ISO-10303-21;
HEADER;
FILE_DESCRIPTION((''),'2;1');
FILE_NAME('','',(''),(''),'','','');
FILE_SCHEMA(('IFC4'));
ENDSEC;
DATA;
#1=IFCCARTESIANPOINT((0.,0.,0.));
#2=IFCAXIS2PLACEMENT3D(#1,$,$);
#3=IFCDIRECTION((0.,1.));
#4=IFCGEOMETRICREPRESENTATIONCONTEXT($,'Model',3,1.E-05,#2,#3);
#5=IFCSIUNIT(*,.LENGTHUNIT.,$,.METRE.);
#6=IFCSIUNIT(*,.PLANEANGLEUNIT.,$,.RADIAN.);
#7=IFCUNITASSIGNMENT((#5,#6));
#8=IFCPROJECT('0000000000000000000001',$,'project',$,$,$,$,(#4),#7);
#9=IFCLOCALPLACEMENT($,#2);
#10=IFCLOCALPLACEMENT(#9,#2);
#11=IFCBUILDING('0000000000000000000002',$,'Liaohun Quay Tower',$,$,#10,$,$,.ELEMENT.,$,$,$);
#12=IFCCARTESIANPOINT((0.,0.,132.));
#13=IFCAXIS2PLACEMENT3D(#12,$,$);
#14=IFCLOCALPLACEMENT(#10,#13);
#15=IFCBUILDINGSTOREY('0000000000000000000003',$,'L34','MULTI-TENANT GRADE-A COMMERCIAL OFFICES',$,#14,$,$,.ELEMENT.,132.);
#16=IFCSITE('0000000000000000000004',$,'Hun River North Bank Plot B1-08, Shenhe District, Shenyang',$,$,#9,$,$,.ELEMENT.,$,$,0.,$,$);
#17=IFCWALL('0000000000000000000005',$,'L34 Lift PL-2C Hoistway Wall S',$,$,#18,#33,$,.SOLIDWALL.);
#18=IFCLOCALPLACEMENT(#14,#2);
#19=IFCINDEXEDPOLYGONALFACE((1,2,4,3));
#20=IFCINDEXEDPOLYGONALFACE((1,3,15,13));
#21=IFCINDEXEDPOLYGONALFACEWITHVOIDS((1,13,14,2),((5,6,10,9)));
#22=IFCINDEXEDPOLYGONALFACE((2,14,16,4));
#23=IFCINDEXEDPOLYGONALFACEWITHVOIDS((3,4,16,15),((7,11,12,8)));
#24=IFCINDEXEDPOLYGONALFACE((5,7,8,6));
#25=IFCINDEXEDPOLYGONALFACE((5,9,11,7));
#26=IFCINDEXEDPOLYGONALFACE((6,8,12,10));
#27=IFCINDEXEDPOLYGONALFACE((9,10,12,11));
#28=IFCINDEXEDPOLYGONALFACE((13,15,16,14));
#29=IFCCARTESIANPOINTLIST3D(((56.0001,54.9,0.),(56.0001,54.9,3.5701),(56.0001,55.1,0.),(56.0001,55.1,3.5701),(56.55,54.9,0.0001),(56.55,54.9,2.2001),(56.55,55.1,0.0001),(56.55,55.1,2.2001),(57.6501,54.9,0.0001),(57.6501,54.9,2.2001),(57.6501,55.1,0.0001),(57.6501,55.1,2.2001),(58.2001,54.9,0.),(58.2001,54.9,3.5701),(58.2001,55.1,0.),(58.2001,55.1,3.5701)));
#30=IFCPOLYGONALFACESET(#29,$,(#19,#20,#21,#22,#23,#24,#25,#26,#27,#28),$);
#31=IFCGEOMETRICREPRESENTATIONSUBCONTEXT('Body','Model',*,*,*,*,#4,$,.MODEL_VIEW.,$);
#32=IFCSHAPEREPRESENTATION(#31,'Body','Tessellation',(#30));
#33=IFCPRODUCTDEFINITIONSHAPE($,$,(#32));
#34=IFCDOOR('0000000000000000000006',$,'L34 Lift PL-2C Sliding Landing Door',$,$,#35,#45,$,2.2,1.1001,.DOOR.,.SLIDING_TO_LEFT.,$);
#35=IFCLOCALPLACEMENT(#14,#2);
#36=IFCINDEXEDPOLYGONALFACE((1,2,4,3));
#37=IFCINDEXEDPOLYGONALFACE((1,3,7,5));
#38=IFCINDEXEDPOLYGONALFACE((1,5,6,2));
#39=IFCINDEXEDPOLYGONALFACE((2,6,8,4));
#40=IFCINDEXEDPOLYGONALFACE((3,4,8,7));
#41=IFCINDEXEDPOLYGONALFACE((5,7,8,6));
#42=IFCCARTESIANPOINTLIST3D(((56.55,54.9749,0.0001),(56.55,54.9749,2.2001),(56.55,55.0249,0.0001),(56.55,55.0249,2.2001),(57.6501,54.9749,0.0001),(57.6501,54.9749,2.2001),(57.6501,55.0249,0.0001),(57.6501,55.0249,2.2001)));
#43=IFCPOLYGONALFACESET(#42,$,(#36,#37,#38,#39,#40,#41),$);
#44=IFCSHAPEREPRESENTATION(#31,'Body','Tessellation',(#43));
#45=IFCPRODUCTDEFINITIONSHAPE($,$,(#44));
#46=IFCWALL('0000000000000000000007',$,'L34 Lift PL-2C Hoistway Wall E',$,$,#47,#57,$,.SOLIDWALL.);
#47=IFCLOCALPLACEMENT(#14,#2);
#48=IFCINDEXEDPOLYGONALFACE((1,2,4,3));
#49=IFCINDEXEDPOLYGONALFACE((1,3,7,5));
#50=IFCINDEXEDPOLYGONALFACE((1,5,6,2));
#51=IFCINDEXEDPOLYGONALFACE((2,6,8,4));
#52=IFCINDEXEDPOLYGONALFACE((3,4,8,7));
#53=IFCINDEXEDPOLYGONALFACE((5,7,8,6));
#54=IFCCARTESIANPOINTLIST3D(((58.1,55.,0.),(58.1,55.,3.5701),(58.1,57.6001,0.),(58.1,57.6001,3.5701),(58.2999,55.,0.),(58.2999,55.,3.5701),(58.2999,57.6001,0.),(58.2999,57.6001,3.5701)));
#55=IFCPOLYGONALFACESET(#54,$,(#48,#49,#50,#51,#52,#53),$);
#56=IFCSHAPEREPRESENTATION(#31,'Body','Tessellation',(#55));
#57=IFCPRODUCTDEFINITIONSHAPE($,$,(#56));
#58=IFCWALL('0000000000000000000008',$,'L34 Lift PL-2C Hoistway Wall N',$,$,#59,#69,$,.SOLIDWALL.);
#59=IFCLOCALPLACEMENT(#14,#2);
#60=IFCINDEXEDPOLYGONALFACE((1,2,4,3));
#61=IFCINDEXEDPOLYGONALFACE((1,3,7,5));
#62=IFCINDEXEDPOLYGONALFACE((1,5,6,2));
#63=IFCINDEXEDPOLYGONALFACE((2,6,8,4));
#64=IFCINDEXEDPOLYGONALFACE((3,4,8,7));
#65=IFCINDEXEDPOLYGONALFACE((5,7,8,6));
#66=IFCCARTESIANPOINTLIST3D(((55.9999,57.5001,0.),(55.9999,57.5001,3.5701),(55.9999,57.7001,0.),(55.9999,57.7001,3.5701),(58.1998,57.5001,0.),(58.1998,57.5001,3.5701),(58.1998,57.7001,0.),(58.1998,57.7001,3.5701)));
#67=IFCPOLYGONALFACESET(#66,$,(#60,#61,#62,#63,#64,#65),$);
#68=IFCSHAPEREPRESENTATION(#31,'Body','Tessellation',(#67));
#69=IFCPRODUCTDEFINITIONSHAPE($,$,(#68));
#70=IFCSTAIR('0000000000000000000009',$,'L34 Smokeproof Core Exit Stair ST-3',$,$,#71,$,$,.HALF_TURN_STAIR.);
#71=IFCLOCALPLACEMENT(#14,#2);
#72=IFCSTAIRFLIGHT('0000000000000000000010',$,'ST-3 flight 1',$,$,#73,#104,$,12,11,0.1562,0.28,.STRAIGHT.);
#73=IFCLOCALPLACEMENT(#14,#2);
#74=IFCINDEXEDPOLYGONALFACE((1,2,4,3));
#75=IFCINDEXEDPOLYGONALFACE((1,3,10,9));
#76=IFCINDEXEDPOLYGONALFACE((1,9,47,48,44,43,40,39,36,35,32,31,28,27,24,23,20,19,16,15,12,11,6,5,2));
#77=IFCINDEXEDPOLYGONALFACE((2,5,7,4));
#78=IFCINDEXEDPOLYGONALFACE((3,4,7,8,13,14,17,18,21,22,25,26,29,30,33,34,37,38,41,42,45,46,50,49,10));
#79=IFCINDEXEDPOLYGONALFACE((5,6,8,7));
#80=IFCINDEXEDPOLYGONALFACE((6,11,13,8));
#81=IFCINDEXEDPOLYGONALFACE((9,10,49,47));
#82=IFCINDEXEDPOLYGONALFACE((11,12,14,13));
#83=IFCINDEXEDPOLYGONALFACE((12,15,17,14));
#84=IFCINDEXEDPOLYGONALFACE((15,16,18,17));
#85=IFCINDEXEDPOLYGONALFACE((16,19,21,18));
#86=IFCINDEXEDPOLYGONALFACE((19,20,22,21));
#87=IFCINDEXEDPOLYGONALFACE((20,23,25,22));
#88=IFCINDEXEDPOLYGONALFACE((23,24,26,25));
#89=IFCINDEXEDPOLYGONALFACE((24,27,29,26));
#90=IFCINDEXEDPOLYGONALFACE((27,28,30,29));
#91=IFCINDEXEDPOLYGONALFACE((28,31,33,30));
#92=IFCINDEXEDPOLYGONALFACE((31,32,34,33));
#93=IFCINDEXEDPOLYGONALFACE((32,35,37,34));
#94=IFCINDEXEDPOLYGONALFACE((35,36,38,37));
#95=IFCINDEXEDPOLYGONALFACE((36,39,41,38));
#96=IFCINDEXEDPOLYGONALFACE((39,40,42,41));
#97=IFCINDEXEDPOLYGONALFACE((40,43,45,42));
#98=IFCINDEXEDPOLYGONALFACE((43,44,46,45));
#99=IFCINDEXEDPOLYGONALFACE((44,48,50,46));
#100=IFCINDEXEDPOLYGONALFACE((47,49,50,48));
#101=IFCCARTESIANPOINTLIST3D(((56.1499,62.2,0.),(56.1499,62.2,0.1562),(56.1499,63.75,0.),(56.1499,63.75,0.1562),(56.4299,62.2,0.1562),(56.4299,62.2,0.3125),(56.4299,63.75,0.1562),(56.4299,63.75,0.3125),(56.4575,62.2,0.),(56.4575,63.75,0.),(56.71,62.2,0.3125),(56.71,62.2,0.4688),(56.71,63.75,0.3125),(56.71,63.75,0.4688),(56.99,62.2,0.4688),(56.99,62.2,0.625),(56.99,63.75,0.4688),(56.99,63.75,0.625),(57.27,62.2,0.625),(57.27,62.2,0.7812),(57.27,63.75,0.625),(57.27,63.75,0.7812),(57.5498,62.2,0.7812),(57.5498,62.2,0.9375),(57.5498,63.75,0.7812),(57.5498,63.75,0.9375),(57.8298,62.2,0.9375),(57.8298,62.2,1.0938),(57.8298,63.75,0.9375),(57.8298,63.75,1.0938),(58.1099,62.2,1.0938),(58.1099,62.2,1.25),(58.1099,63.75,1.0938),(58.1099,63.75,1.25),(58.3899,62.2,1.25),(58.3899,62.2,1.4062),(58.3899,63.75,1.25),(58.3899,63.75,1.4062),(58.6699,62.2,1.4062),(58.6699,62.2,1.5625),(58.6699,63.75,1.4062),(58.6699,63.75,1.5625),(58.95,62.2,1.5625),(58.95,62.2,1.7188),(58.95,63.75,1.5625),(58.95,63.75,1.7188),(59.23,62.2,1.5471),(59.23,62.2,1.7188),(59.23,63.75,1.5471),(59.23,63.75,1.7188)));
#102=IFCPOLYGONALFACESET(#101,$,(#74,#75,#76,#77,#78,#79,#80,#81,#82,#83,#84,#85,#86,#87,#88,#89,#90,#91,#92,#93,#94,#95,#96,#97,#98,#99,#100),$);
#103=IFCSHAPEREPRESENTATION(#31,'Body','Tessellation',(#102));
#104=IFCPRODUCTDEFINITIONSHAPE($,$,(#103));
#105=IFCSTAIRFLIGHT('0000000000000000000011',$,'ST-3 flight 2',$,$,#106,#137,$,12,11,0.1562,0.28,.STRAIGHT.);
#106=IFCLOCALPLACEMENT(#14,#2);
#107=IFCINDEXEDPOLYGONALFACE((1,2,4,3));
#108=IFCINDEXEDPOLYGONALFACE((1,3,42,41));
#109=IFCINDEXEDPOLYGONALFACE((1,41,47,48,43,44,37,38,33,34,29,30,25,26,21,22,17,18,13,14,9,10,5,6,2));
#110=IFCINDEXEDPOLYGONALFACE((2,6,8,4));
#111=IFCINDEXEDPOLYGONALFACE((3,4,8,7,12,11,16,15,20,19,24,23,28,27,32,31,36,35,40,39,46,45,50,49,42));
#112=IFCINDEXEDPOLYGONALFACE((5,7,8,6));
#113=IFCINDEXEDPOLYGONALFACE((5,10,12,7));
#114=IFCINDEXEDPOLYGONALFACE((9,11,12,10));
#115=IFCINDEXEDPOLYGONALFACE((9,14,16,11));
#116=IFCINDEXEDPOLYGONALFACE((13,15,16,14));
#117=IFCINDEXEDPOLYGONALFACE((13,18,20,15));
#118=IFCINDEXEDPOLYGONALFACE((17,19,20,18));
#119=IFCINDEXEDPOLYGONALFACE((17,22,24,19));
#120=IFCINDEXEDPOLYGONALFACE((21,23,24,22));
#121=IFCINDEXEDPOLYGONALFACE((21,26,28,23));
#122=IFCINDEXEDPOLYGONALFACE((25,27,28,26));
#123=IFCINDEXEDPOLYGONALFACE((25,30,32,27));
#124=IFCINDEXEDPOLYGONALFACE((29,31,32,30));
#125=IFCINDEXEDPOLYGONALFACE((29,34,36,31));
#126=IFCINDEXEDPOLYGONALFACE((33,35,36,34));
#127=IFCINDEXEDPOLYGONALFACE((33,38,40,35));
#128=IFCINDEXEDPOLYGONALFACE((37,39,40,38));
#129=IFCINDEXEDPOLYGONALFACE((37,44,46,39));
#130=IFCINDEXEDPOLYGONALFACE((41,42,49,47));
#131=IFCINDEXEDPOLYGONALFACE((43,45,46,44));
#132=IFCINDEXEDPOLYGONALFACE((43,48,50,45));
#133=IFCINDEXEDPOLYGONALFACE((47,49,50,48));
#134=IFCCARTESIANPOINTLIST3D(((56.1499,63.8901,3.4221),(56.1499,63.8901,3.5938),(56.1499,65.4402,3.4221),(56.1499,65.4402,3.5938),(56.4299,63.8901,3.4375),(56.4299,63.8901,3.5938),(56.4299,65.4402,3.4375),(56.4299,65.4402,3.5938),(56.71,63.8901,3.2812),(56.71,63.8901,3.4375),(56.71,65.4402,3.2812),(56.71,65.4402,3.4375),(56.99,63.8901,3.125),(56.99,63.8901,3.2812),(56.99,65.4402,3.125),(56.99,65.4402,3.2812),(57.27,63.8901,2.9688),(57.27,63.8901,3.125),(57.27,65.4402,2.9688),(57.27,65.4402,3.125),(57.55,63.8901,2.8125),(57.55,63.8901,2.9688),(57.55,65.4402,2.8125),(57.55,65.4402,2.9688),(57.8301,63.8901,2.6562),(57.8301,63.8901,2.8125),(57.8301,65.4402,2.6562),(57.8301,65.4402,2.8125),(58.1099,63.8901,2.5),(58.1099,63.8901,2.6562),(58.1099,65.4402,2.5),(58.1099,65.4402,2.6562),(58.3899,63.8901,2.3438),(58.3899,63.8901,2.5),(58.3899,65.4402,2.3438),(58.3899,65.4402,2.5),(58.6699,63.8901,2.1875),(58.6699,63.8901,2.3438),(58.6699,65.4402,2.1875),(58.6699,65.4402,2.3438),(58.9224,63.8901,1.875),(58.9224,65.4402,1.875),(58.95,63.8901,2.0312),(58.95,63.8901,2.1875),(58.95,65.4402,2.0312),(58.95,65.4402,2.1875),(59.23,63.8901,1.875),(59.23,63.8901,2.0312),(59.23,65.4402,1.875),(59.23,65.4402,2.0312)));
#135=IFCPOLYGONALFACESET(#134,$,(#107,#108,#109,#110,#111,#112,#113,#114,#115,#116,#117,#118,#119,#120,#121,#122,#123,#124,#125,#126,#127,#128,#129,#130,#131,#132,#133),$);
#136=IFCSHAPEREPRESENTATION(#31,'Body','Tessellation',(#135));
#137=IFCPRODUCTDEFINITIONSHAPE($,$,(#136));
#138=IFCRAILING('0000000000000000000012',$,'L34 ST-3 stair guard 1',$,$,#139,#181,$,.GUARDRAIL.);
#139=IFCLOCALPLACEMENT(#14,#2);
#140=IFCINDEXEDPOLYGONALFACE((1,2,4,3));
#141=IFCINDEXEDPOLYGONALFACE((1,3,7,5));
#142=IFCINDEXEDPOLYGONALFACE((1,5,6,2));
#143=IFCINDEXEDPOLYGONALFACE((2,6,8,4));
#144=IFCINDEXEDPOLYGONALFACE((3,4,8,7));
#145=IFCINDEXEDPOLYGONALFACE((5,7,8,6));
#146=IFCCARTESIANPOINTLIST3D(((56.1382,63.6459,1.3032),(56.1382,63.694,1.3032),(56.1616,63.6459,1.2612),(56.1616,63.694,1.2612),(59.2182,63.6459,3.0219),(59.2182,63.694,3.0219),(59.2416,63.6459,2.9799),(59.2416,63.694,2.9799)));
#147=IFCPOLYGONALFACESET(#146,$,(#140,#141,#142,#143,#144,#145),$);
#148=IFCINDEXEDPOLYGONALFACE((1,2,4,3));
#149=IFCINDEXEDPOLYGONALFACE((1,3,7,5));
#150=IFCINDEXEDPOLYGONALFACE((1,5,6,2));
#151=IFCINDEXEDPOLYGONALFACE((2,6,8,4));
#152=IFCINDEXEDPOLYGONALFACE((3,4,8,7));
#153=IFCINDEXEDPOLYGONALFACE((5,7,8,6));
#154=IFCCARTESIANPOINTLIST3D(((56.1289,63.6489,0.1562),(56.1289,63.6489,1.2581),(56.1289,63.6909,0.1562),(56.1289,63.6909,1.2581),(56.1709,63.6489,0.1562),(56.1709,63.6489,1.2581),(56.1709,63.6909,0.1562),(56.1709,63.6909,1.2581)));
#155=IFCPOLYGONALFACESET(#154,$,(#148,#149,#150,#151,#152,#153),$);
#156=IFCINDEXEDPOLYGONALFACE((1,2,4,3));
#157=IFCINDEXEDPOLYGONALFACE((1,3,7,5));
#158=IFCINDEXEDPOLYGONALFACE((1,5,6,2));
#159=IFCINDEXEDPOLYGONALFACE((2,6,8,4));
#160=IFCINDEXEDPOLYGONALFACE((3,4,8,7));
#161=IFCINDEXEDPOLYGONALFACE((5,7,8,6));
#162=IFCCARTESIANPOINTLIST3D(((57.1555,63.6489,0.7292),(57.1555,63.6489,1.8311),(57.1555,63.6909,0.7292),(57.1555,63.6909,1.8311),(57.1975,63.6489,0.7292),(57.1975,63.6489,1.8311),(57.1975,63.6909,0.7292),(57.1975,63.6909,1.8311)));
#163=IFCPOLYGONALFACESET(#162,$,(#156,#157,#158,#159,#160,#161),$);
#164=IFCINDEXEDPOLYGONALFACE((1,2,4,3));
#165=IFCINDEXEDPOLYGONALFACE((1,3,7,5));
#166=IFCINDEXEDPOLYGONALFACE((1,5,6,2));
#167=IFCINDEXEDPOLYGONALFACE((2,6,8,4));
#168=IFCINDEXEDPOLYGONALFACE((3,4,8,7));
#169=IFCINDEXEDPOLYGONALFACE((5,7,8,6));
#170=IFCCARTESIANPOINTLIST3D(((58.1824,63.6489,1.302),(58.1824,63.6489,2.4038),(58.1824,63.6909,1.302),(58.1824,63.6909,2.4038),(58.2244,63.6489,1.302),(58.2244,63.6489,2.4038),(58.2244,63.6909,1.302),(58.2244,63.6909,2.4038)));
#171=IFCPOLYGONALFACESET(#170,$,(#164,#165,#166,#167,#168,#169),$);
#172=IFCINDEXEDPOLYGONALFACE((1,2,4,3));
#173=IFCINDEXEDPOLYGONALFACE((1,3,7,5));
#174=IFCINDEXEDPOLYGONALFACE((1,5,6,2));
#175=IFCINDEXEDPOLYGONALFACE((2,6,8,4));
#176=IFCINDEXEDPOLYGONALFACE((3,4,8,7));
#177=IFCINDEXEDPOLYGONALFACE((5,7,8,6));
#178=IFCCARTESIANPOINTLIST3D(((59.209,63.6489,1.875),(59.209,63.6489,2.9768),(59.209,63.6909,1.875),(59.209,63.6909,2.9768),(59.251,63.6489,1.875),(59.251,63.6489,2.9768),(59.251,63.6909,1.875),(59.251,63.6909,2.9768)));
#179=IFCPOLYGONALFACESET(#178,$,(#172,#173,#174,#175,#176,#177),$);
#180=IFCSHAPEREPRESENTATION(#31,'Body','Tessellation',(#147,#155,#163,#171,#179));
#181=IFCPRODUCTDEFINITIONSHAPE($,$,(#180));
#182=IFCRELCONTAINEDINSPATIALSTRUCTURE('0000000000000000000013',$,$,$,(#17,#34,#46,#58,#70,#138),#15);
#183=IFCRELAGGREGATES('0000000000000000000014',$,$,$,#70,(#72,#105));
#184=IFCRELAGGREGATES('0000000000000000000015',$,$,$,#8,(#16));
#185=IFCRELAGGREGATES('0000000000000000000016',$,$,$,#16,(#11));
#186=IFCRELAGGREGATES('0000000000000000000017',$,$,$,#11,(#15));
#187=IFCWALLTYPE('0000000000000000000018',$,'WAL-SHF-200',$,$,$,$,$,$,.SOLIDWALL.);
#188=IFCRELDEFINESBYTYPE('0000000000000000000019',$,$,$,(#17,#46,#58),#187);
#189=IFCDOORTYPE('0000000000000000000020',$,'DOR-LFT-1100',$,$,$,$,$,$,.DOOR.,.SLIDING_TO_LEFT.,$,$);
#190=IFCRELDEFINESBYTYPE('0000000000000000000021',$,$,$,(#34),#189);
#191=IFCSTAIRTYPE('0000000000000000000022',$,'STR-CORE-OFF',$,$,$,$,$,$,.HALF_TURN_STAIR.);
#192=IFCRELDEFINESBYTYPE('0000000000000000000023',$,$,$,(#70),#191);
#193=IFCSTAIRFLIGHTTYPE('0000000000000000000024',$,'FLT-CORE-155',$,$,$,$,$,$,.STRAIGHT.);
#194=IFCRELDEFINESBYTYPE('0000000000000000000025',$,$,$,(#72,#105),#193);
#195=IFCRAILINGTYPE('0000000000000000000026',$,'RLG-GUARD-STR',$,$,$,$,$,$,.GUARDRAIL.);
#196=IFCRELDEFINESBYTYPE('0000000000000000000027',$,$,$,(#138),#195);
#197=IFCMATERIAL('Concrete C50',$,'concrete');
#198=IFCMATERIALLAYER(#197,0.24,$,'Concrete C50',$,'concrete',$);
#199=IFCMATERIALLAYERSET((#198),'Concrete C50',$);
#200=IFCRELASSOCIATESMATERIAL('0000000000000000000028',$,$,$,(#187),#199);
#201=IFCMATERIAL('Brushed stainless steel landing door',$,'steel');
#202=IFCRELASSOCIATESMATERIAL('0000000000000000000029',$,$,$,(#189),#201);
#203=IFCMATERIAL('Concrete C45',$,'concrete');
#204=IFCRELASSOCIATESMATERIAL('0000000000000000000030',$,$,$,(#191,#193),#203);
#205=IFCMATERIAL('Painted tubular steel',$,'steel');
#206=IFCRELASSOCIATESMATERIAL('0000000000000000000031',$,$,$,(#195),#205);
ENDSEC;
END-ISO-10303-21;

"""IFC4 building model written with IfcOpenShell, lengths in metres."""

from ifc_helpers import new_model, si_unit, direction, frame, frame_2d, origin, origin_2d, place, context, subcontext, project, spatial, polyline, rectangle, outline, extrude, source, transform, mapped, material, layer, layer_set, type_object, element, fill, aggregate, save


model = new_model("IFC4")

# Units and contexts
model_context = context("Model", 3, precision=1e-05, world=origin(), true_north=direction((0.0, 1.0)))
body_context = subcontext(model_context, "Body", "Model", "MODEL_VIEW")
ifc_project = project(units=[si_unit("LENGTHUNIT", "METRE"), si_unit("PLANEANGLEUNIT", "RADIAN")], contexts=[model_context])

# Site, building, storey
site_placement = place(None, origin())
site = spatial("IfcSite", under=ifc_project, at=site_placement, Name="Hun River North Bank Plot B1-08, Shenhe District, Shenyang", CompositionType="ELEMENT", RefElevation=0.0)
building_placement = place(site_placement, origin())
building = spatial("IfcBuilding", under=site, at=building_placement, Name="Liaohun Quay Tower", CompositionType="ELEMENT")
storey_placement = place(building_placement, frame((0.0, 0.0, 132.0)))
storey = spatial("IfcBuildingStorey", under=building, at=storey_placement, Name="L34", Description="MULTI-TENANT GRADE-A COMMERCIAL OFFICES", CompositionType="ELEMENT", Elevation=132.0)

# Shared definitions
ifc_material_1 = material(Name="Concrete C50", Category="concrete")
ifc_layer_1 = layer(ifc_material_1, 0.24, Name="Concrete C50", Category="concrete")
ifc_layer_set_1 = layer_set([ifc_layer_1], Name="Concrete C50")
wall_type_1 = type_object("IfcWallType", Name="WAL-SHF-200", PredefinedType="SOLIDWALL", material=ifc_layer_set_1)

# Wall, opening, door
wall_1_placement = place(storey_placement, frame((56.0, 55.0, 0.0), z_axis=(0.0, 0.0, 1.0), x_axis=(1.0, 0.0, 0.0)))
wall_1 = element("IfcWall", 1, at=wall_1_placement, inside=storey, type_object=wall_type_1, Name="L34 Lift PL-2C Hoistway Wall S", PredefinedType="SOLIDWALL", context=body_context, shape_type="SweptSolid", body=[
    extrude(rectangle(XDim=2.2, YDim=0.2, at=frame_2d((1.1001, 0.0))), origin(), (0.0, 0.0, 1.0), 3.5701),
])
shared_shape_1 = source(origin(), body_context, "Body", "SweptSolid", [
    extrude(rectangle(XDim=1.1001, YDim=2.2, at=frame_2d((0.55, 1.1001))), frame((0.0, 0.1099, 0.0), z_axis=(0.0, -1.0, 0.0), x_axis=(1.0, 0.0, 0.0)), (0.0, 0.0, 1.0), 0.22),
])
opening_1_placement = place(wall_1_placement, frame((0.55, 0.0, 0.0)))
opening_1 = element("IfcOpeningElement", 2, at=opening_1_placement, cuts=wall_1, PredefinedType="OPENING", context=body_context, shape_type="MappedRepresentation", body=[
    mapped(shared_shape_1, transform((0.0, 0.0, 0.0), x_axis=(1.0, 0.0, 0.0), y_axis=(0.0, 1.0, 0.0), z_axis=(0.0, 0.0, 1.0), scale=1.0)),
])
ifc_material_2 = material(Name="Brushed stainless steel landing door", Category="steel")
door_type_1 = type_object("IfcDoorType", Name="DOR-LFT-1100", OperationType="SLIDING_TO_LEFT", PredefinedType="DOOR", material=ifc_material_2)
shared_shape_2 = source(origin(), body_context, "Body", "SweptSolid", [
    extrude(rectangle(XDim=1.1001, YDim=2.2, at=frame_2d((0.55, 1.1001))), frame((0.0, 0.0249, 0.0), z_axis=(0.0, -1.0, 0.0), x_axis=(1.0, 0.0, 0.0)), (0.0, 0.0, 1.0), 0.05),
])
door_1_placement = place(opening_1_placement, origin())
door_1 = element("IfcDoor", 3, at=door_1_placement, inside=storey, type_object=door_type_1, Name="L34 Lift PL-2C Sliding Landing Door", OperationType="SLIDING_TO_LEFT", OverallHeight=2.2, OverallWidth=1.1001, PredefinedType="DOOR", context=body_context, shape_type="MappedRepresentation", body=[
    mapped(shared_shape_2, transform((0.0, 0.0, 0.0), x_axis=(1.0, 0.0, 0.0), y_axis=(0.0, 1.0, 0.0), z_axis=(0.0, 0.0, 1.0), scale=1.0)),
])
fill(opening_1, door_1)

# Walls
wall_2_placement = place(storey_placement, frame((58.2, 55.0, 0.0), z_axis=(0.0, 0.0, 1.0), x_axis=(0.0, 1.0, 0.0)))
element("IfcWall", 4, at=wall_2_placement, inside=storey, type_object=wall_type_1, Name="L34 Lift PL-2C Hoistway Wall E", PredefinedType="SOLIDWALL", context=body_context, shape_type="SweptSolid", body=[
    extrude(rectangle(XDim=2.6001, YDim=0.2, at=frame_2d((1.3, 0.0))), origin(), (0.0, 0.0, 1.0), 3.5701),
])
wall_3_placement = place(storey_placement, frame((58.2, 57.6001, 0.0), z_axis=(0.0, 0.0, 1.0), x_axis=(-1.0, 0.0, 0.0)))
element("IfcWall", 5, at=wall_3_placement, inside=storey, type_object=wall_type_1, Name="L34 Lift PL-2C Hoistway Wall N", PredefinedType="SOLIDWALL", context=body_context, shape_type="SweptSolid", body=[
    extrude(rectangle(XDim=2.2, YDim=0.2, at=frame_2d((1.1001, 0.0))), origin(), (0.0, 0.0, 1.0), 3.5701),
])

# Stair, stair flights
ifc_material_3 = material(Name="Concrete C45", Category="concrete")
stair_type = type_object("IfcStairType", Name="STR-CORE-OFF", PredefinedType="HALF_TURN_STAIR", material=ifc_material_3)
stair_placement = place(storey_placement, origin())
stair = element("IfcStair", 6, at=stair_placement, inside=storey, type_object=stair_type, Name="L34 Smokeproof Core Exit Stair ST-3", PredefinedType="HALF_TURN_STAIR")
stair_flight_type = type_object("IfcStairFlightType", Name="FLT-CORE-155", PredefinedType="STRAIGHT", material=ifc_material_3)
stair_flight_1_placement = place(storey_placement, frame((56.1499, 62.9751, 0.0), z_axis=(0.0, 0.0, 1.0), x_axis=(1.0, 0.0, 0.0)))
stair_flight_1 = element("IfcStairFlight", 7, at=stair_flight_1_placement, type_object=stair_flight_type, Name="ST-3 flight 1", NumberOfRisers=12, NumberOfTreads=11, PredefinedType="STRAIGHT", RiserHeight=0.1562, TreadLength=0.28, context=body_context, shape_type="SweptSolid", body=[
    extrude(outline(polyline([(0.0, 0.0), (0.0, 0.1562), (0.28, 0.1562), (0.28, 0.3125), (0.5601, 0.3125), (0.5601, 0.4688), (0.8401, 0.4688), (0.8401, 0.625), (1.1201, 0.625), (1.1201, 0.7812), (1.3999, 0.7812), (1.3999, 0.9375), (1.6799, 0.9375), (1.6799, 1.0938), (1.96, 1.0938), (1.96, 1.25), (2.24, 1.25), (2.24, 1.4062), (2.52, 1.4062), (2.52, 1.5625), (2.8, 1.5625), (2.8, 1.7188), (3.0801, 1.7188), (3.0801, 1.875), (3.0801, 1.5471), (0.3076, 0.0), (0.0, 0.0)])), frame((0.0, 0.7749, 0.0), z_axis=(0.0, -1.0, 0.0), x_axis=(1.0, 0.0, 0.0)), (0.0, 0.0, 1.0), 1.55),
])
stair_flight_2_placement = place(storey_placement, frame((59.23, 64.665, 1.875), z_axis=(0.0, 0.0, 1.0), x_axis=(-1.0, 0.0, 0.0)))
stair_flight_2 = element("IfcStairFlight", 8, at=stair_flight_2_placement, type_object=stair_flight_type, Name="ST-3 flight 2", NumberOfRisers=12, NumberOfTreads=11, PredefinedType="STRAIGHT", RiserHeight=0.1562, TreadLength=0.28, context=body_context, shape_type="SweptSolid", body=[
    extrude(outline(polyline([(0.0, 0.0), (0.0, 0.1562), (0.28, 0.1562), (0.28, 0.3125), (0.5601, 0.3125), (0.5601, 0.4688), (0.8401, 0.4688), (0.8401, 0.625), (1.1201, 0.625), (1.1201, 0.7812), (1.3999, 0.7812), (1.3999, 0.9375), (1.6799, 0.9375), (1.6799, 1.0938), (1.96, 1.0938), (1.96, 1.25), (2.24, 1.25), (2.24, 1.4062), (2.52, 1.4062), (2.52, 1.5625), (2.8, 1.5625), (2.8, 1.7188), (3.0801, 1.7188), (3.0801, 1.875), (3.0801, 1.5471), (0.3076, 0.0), (0.0, 0.0)])), frame((0.0, 0.7749, 0.0), z_axis=(0.0, -1.0, 0.0), x_axis=(1.0, 0.0, 0.0)), (0.0, 0.0, 1.0), 1.55),
])
aggregate(stair, [stair_flight_1, stair_flight_2])

# Railing
ifc_material_4 = material(Name="Painted tubular steel", Category="steel")
railing_type_1 = type_object("IfcRailingType", Name="RLG-GUARD-STR", PredefinedType="GUARDRAIL", material=ifc_material_4)
railing_1_placement = place(storey_placement, frame((56.1499, 63.6699, 0.1562)))
element("IfcRailing", 9, at=railing_1_placement, inside=storey, type_object=railing_type_1, Name="L34 ST-3 stair guard 1", PredefinedType="GUARDRAIL", context=body_context, shape_type="SweptSolid", body=[
    extrude(rectangle(XDim=0.0481, YDim=0.0481, at=origin_2d()), frame((0.0, 0.0, 1.126), z_axis=(0.873242, 0.0, 0.487288), x_axis=(0.0, 1.0, 0.0)), (0.0, 0.0, 1.0), 3.5271),
    extrude(rectangle(XDim=0.042, YDim=0.042, at=origin_2d()), origin(), (0.0, 0.0, 1.0), 1.1018),
    extrude(rectangle(XDim=0.042, YDim=0.042, at=origin_2d()), frame((1.0266, 0.0, 0.573)), (0.0, 0.0, 1.0), 1.1018),
    extrude(rectangle(XDim=0.042, YDim=0.042, at=origin_2d()), frame((2.0535, 0.0, 1.1458)), (0.0, 0.0, 1.0), 1.1018),
    extrude(rectangle(XDim=0.042, YDim=0.042, at=origin_2d()), frame((3.0801, 0.0, 1.7188)), (0.0, 0.0, 1.0), 1.1018),
])

save(model, "model.ifc")
